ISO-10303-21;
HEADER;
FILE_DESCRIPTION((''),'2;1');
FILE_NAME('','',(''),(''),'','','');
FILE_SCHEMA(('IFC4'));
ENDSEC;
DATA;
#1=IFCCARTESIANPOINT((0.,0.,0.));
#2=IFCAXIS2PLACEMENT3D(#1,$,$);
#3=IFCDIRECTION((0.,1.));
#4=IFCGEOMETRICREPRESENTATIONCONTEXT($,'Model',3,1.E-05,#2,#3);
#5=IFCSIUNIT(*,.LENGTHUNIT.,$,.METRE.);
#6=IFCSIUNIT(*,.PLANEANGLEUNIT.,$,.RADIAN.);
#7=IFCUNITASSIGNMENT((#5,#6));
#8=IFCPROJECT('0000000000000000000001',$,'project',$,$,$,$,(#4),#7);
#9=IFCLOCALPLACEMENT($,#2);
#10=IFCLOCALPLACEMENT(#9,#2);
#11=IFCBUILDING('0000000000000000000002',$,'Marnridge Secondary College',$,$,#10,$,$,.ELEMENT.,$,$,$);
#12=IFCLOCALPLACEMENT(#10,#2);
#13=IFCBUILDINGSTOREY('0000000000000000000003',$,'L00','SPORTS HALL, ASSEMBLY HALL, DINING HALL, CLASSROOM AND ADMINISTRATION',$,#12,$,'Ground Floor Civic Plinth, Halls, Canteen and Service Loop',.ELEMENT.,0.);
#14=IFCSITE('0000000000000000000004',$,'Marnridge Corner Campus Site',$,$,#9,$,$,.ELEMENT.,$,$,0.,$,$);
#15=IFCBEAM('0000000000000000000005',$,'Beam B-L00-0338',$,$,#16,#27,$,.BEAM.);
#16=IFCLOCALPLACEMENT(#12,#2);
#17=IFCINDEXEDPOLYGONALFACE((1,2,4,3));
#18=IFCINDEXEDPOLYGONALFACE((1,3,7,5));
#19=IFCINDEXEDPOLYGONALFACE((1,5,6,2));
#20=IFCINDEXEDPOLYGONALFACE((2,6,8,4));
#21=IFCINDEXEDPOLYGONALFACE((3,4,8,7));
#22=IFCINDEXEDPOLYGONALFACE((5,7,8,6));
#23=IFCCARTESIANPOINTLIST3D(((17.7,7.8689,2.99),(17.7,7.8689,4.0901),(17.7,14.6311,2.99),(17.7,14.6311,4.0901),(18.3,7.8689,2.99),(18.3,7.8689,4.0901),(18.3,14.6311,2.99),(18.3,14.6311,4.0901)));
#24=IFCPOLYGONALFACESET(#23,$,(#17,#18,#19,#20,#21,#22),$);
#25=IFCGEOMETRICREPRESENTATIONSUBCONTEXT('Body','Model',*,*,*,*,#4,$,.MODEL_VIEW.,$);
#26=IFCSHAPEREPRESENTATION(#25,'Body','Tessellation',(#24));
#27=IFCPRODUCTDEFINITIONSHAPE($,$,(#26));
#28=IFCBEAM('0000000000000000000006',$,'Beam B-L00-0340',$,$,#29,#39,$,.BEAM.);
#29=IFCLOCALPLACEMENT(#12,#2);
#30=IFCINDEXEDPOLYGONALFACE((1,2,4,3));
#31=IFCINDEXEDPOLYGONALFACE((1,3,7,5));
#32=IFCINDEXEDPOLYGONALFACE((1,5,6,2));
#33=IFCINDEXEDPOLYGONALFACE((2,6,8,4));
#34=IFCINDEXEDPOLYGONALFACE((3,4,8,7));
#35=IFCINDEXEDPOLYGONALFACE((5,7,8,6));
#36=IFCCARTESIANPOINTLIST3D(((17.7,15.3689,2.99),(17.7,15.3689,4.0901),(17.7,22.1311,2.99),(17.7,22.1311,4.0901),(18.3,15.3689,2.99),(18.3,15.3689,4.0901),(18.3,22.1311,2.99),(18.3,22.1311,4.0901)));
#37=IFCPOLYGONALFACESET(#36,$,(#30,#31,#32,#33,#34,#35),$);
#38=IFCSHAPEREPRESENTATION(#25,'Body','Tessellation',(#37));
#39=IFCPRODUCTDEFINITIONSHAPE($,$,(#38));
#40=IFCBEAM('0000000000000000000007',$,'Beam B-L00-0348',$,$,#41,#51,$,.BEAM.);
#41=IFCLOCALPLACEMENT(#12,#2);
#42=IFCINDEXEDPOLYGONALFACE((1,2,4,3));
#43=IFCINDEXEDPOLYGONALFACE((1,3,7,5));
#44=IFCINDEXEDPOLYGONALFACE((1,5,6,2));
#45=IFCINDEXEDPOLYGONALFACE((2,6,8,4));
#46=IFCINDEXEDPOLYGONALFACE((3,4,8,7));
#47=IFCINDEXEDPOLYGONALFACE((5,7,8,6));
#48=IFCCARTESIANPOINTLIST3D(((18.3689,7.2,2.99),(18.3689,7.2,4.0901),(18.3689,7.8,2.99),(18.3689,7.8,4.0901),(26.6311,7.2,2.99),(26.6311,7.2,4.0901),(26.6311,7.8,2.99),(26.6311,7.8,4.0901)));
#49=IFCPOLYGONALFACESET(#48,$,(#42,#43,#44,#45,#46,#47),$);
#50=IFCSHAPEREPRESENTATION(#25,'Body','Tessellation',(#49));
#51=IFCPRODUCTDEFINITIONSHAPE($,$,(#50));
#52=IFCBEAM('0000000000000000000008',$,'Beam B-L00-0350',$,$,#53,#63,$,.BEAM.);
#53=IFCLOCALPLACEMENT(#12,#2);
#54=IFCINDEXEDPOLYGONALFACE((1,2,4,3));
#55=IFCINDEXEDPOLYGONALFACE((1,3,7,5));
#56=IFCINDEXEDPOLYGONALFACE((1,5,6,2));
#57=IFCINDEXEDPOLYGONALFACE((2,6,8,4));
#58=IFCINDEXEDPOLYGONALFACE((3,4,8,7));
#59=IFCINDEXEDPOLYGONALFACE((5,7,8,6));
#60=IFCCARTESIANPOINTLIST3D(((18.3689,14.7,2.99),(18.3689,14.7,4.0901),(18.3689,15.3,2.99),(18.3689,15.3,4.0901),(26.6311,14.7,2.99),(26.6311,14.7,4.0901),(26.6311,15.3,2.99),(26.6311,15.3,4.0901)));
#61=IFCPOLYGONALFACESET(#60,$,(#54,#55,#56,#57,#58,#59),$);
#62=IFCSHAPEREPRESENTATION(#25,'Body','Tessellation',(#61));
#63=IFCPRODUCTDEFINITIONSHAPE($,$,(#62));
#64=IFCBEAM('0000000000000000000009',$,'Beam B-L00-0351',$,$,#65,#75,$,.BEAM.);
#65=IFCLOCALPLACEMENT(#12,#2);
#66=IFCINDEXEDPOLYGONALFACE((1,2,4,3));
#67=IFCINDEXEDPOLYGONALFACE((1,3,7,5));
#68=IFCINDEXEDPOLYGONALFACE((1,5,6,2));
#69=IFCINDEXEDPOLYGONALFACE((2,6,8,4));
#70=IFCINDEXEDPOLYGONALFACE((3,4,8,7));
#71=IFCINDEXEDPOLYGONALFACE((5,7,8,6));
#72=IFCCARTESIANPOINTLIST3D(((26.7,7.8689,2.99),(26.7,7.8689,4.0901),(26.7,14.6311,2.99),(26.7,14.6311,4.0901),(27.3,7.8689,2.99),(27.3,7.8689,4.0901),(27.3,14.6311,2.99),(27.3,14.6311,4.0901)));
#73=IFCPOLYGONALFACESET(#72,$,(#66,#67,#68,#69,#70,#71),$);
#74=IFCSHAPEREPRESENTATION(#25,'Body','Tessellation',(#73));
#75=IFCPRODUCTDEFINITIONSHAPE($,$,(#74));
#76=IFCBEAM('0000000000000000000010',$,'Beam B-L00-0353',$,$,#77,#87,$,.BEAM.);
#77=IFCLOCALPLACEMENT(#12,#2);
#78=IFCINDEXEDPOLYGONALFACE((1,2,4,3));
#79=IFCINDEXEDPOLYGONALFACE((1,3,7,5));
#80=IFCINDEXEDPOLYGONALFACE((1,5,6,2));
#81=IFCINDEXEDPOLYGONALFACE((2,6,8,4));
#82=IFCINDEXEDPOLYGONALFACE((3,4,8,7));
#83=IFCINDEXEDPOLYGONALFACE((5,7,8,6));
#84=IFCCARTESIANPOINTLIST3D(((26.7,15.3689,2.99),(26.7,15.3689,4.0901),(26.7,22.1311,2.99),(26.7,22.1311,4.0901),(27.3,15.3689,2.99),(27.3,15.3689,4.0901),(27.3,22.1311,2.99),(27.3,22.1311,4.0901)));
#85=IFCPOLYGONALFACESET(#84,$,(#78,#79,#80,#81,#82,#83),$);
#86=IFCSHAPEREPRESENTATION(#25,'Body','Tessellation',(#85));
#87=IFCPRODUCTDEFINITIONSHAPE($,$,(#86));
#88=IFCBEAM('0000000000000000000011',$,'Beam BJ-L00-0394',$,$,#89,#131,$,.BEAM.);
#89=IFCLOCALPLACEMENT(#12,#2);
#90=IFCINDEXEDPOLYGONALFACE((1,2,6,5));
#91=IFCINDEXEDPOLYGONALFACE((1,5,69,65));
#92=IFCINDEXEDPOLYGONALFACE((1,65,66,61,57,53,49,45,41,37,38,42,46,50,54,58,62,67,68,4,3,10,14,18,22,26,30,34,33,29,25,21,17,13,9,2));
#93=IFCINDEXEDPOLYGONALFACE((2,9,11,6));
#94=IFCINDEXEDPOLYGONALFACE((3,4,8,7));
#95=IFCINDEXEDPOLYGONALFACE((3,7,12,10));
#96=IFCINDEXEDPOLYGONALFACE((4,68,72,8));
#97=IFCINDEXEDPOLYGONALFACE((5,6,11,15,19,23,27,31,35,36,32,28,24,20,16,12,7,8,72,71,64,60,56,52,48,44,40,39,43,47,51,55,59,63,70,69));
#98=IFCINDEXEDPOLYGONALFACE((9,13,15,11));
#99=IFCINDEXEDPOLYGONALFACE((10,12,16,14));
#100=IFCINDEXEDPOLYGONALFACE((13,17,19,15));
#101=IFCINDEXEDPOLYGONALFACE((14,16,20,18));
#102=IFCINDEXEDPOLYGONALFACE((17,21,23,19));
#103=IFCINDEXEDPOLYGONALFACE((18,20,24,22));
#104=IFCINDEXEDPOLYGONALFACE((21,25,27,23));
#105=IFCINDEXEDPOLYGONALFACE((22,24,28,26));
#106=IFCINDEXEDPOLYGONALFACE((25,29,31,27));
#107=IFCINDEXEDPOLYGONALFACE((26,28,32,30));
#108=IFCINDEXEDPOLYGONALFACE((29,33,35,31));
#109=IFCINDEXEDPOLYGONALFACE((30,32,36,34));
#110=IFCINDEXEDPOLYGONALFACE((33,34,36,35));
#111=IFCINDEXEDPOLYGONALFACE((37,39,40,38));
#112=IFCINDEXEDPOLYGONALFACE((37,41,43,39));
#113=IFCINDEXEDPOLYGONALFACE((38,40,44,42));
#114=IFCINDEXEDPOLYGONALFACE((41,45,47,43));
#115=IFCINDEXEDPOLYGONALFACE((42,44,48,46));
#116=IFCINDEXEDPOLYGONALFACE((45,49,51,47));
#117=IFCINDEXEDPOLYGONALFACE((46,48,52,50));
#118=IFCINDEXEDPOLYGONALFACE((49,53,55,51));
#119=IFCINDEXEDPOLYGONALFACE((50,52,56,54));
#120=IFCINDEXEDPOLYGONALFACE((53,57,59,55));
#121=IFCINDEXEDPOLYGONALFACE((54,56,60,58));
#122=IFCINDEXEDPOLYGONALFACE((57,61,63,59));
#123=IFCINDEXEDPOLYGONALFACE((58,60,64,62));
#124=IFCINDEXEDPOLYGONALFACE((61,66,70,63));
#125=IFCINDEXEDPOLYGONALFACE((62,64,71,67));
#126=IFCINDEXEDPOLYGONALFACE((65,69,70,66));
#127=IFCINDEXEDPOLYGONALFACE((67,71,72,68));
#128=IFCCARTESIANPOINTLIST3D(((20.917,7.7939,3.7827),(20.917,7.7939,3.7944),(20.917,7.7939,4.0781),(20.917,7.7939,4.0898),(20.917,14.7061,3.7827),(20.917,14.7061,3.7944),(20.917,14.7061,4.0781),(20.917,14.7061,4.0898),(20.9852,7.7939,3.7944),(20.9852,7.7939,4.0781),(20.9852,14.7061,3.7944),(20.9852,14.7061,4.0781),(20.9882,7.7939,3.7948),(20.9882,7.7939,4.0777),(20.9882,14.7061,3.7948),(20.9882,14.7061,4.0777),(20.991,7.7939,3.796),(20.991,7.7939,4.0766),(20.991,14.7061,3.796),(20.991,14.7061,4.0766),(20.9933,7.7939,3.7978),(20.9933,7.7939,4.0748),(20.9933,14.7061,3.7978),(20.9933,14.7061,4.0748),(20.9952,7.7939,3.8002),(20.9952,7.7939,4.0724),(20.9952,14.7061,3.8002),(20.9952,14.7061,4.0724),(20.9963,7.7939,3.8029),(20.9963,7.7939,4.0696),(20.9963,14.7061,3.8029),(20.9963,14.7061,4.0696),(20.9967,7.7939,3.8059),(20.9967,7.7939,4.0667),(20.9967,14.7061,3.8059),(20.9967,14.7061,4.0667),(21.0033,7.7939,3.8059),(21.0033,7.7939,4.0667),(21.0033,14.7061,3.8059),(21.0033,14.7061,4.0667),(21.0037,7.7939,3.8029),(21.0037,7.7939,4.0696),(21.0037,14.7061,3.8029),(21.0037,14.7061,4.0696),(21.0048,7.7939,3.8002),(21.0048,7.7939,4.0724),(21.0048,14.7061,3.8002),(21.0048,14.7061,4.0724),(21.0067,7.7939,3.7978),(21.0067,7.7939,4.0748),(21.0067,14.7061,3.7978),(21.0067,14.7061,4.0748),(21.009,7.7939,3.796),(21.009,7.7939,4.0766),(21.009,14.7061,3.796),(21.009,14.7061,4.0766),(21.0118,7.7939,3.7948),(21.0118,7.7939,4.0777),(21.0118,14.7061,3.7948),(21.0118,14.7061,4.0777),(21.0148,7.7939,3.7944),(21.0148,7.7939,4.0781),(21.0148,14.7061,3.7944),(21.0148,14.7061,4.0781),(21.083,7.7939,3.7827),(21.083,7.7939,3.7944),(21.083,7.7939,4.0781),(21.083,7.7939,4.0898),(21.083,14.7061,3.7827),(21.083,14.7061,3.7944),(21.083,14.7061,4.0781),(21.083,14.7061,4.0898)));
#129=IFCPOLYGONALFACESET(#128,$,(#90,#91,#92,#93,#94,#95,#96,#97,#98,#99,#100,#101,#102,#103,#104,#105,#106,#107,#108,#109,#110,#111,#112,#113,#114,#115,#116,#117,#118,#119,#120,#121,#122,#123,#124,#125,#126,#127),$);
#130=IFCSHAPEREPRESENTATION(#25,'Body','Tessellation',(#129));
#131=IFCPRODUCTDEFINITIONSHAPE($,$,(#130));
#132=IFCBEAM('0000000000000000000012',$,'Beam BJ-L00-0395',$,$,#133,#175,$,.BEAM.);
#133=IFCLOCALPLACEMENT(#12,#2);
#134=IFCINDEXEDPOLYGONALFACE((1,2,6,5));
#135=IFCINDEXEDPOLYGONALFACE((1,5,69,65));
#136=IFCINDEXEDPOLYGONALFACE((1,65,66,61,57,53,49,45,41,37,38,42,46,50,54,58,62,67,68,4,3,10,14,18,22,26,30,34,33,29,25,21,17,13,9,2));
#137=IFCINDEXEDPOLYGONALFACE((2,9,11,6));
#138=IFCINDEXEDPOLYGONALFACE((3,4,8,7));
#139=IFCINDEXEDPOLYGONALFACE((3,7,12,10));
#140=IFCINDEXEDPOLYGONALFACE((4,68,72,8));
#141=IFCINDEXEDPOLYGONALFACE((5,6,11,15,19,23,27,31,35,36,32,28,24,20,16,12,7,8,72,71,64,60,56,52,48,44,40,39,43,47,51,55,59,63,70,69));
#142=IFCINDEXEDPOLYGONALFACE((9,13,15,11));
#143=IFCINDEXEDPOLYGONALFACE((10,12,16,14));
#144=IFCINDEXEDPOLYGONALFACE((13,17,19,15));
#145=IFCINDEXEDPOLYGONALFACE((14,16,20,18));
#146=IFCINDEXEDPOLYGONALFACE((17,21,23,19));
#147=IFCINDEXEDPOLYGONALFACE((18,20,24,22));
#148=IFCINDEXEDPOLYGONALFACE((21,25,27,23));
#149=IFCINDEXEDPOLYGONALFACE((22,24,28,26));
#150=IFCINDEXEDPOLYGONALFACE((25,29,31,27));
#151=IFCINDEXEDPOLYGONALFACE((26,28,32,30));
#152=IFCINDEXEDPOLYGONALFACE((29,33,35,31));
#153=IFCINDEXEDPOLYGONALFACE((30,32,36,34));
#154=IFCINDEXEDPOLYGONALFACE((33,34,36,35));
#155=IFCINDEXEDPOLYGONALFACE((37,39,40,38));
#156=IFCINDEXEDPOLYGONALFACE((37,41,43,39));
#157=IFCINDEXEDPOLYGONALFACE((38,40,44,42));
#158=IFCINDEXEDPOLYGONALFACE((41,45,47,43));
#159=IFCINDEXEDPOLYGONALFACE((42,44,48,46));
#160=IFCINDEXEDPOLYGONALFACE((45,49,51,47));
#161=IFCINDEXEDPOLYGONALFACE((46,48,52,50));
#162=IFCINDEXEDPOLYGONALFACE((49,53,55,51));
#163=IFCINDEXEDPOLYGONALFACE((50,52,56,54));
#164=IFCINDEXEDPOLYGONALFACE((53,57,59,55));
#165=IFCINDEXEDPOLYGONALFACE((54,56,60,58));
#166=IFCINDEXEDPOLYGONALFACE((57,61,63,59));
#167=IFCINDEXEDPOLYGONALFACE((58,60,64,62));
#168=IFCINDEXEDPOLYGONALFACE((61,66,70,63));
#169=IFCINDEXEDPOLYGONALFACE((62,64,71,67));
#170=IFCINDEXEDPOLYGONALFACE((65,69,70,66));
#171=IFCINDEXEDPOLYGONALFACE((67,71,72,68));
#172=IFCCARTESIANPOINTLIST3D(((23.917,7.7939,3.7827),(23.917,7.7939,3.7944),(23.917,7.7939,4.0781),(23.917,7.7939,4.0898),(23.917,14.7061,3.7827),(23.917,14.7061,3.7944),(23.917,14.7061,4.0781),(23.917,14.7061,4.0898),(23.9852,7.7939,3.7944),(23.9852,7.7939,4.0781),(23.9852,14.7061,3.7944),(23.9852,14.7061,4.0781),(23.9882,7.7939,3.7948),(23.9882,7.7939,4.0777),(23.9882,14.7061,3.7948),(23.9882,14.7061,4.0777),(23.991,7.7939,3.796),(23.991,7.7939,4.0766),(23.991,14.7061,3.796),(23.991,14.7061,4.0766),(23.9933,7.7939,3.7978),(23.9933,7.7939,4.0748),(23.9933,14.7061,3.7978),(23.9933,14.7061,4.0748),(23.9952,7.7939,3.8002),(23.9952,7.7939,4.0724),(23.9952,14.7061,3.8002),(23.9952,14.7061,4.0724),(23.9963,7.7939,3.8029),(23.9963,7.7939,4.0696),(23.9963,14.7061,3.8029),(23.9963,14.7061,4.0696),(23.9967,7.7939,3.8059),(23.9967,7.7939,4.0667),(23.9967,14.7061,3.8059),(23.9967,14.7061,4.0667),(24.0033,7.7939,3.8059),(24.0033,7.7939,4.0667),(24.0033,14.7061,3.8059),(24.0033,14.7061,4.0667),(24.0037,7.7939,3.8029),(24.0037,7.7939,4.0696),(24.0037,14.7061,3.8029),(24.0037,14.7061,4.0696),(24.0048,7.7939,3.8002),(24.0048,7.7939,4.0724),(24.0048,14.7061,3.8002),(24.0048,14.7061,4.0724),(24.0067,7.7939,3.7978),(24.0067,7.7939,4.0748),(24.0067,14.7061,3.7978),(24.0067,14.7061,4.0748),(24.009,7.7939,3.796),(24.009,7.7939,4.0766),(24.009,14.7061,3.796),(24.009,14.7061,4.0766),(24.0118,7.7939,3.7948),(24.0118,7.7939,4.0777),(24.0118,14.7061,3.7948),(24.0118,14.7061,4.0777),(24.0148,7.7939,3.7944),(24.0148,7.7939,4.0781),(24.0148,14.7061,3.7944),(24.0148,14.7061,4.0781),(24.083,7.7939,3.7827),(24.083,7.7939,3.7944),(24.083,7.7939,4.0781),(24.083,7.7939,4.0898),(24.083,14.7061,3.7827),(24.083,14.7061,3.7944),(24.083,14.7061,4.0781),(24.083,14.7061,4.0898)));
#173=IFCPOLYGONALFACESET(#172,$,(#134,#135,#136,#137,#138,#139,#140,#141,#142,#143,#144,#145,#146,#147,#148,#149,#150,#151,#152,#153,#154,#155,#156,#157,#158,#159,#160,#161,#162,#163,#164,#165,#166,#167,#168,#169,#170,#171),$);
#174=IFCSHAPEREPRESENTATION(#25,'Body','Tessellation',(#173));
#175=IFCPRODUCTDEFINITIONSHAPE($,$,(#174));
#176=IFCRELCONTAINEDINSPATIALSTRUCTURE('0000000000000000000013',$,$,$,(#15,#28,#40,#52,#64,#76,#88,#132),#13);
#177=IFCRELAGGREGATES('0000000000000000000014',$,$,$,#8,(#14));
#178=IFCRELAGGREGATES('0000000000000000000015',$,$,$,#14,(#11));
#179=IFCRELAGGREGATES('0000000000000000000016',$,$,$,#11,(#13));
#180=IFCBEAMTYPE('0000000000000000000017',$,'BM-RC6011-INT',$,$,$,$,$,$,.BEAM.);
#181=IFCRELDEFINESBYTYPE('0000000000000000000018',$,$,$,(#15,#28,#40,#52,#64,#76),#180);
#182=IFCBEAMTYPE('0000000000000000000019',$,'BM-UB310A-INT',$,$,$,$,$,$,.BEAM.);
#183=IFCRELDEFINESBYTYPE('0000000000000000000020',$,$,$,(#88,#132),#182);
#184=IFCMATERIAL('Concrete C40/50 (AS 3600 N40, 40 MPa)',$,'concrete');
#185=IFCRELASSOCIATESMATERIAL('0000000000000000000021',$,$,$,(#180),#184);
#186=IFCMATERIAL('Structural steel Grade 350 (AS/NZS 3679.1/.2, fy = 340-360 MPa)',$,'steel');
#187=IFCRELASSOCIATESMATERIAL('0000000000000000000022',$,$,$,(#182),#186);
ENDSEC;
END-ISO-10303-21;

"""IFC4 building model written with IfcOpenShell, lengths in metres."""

from ifc_helpers import new_model, si_unit, direction, frame, origin, origin_2d, place, context, subcontext, project, spatial, rectangle, i_section, extrude, material, material_profile, profile_set, type_object, element, save


model = new_model("IFC4")

# Units and contexts
model_context = context("Model", 3, precision=1e-05, world=origin(), true_north=direction((0.0, 1.0)))
body_context = subcontext(model_context, "Body", "Model", "MODEL_VIEW")
ifc_project = project(units=[si_unit("LENGTHUNIT", "METRE"), si_unit("PLANEANGLEUNIT", "RADIAN")], contexts=[model_context])

# Site, building, storey
site_placement = place(None, origin())
site = spatial("IfcSite", under=ifc_project, at=site_placement, Name="Marnridge Corner Campus Site", CompositionType="ELEMENT", RefElevation=0.0)
building_placement = place(site_placement, origin())
building = spatial("IfcBuilding", under=site, at=building_placement, Name="Marnridge Secondary College", CompositionType="ELEMENT")
storey_placement = place(building_placement, origin())
storey = spatial("IfcBuildingStorey", under=building, at=storey_placement, Name="L00", Description="SPORTS HALL, ASSEMBLY HALL, DINING HALL, CLASSROOM AND ADMINISTRATION", LongName="Ground Floor Civic Plinth, Halls, Canteen and Service Loop", CompositionType="ELEMENT", Elevation=0.0)

# Beams
ifc_material_1 = material(Name="Concrete C40/50 (AS 3600 N40, 40 MPa)", Category="concrete")
ifc_material_profile_1 = material_profile(ifc_material_1, rectangle(XDim=0.6001, YDim=1.1001, at=origin_2d()), Name="RC 600x1100")
ifc_profile_set_1 = profile_set([ifc_material_profile_1], Name="Concrete C40/50 (AS 3600 N40, 40 MPa)")
beam_type_1 = type_object("IfcBeamType", Name="BM-RC6011-INT", PredefinedType="BEAM", material=ifc_profile_set_1)
for number, where, z_axis, x_axis, name in (
    (1, (18.0, 7.8689, 3.54), (0.0, 1.0, 0.0), (-1.0, 0.0, 0.0), "Beam B-L00-0338"),
    (2, (18.0, 15.3689, 3.54), (0.0, 1.0, 0.0), (-1.0, 0.0, 0.0), "Beam B-L00-0340"),
):
    element("IfcBeam", number, at=place(storey_placement, frame(where, z_axis=z_axis, x_axis=x_axis)), inside=storey, type_object=beam_type_1, Name=name, PredefinedType="BEAM", context=body_context, shape_type="SweptSolid", body=[
        extrude(rectangle(XDim=0.6001, YDim=1.1001, at=origin_2d()), origin(), (0.0, 0.0, 1.0), 6.7622),
    ])
for number, where, z_axis, x_axis, name in (
    (3, (18.3689, 7.5, 3.54), (1.0, 0.0, 0.0), (0.0, 1.0, 0.0), "Beam B-L00-0348"),
    (4, (18.3689, 15.0, 3.54), (1.0, 0.0, 0.0), (0.0, 1.0, 0.0), "Beam B-L00-0350"),
):
    element("IfcBeam", number, at=place(storey_placement, frame(where, z_axis=z_axis, x_axis=x_axis)), inside=storey, type_object=beam_type_1, Name=name, PredefinedType="BEAM", context=body_context, shape_type="SweptSolid", body=[
        extrude(rectangle(XDim=0.6001, YDim=1.1001, at=origin_2d()), origin(), (0.0, 0.0, 1.0), 8.2622),
    ])
for number, where, z_axis, x_axis, name in (
    (5, (27.0, 7.8689, 3.54), (0.0, 1.0, 0.0), (-1.0, 0.0, 0.0), "Beam B-L00-0351"),
    (6, (27.0, 15.3689, 3.54), (0.0, 1.0, 0.0), (-1.0, 0.0, 0.0), "Beam B-L00-0353"),
):
    element("IfcBeam", number, at=place(storey_placement, frame(where, z_axis=z_axis, x_axis=x_axis)), inside=storey, type_object=beam_type_1, Name=name, PredefinedType="BEAM", context=body_context, shape_type="SweptSolid", body=[
        extrude(rectangle(XDim=0.6001, YDim=1.1001, at=origin_2d()), origin(), (0.0, 0.0, 1.0), 6.7622),
    ])
ifc_material_2 = material(Name="Structural steel Grade 350 (AS/NZS 3679.1/.2, fy = 340-360 MPa)", Category="steel")
ifc_material_profile_2 = material_profile(ifc_material_2, i_section(OverallWidth=0.166, OverallDepth=0.3071, WebThickness=0.0066, FlangeThickness=0.0117, FilletRadius=0.0115, at=origin_2d()), Name="310UB46.2")
ifc_profile_set_2 = profile_set([ifc_material_profile_2], Name="Structural steel Grade 350 (AS/NZS 3679.1/.2, fy = 340-360 MPa)")
beam_type_2 = type_object("IfcBeamType", Name="BM-UB310A-INT", PredefinedType="BEAM", material=ifc_profile_set_2)
for number, where, z_axis, x_axis, name in (
    (7, (21.0, 7.7939, 3.9363), (0.0, 1.0, 0.0), (-1.0, 0.0, 0.0), "Beam BJ-L00-0394"),
    (8, (24.0, 7.7939, 3.9363), (0.0, 1.0, 0.0), (-1.0, 0.0, 0.0), "Beam BJ-L00-0395"),
):
    element("IfcBeam", number, at=place(storey_placement, frame(where, z_axis=z_axis, x_axis=x_axis)), inside=storey, type_object=beam_type_2, Name=name, PredefinedType="BEAM", context=body_context, shape_type="SweptSolid", body=[
        extrude(i_section(OverallWidth=0.166, OverallDepth=0.3071, WebThickness=0.0066, FlangeThickness=0.0117, FilletRadius=0.0115, at=origin_2d()), origin(), (0.0, 0.0, 1.0), 6.9121),
    ])

save(model, "model.ifc")
